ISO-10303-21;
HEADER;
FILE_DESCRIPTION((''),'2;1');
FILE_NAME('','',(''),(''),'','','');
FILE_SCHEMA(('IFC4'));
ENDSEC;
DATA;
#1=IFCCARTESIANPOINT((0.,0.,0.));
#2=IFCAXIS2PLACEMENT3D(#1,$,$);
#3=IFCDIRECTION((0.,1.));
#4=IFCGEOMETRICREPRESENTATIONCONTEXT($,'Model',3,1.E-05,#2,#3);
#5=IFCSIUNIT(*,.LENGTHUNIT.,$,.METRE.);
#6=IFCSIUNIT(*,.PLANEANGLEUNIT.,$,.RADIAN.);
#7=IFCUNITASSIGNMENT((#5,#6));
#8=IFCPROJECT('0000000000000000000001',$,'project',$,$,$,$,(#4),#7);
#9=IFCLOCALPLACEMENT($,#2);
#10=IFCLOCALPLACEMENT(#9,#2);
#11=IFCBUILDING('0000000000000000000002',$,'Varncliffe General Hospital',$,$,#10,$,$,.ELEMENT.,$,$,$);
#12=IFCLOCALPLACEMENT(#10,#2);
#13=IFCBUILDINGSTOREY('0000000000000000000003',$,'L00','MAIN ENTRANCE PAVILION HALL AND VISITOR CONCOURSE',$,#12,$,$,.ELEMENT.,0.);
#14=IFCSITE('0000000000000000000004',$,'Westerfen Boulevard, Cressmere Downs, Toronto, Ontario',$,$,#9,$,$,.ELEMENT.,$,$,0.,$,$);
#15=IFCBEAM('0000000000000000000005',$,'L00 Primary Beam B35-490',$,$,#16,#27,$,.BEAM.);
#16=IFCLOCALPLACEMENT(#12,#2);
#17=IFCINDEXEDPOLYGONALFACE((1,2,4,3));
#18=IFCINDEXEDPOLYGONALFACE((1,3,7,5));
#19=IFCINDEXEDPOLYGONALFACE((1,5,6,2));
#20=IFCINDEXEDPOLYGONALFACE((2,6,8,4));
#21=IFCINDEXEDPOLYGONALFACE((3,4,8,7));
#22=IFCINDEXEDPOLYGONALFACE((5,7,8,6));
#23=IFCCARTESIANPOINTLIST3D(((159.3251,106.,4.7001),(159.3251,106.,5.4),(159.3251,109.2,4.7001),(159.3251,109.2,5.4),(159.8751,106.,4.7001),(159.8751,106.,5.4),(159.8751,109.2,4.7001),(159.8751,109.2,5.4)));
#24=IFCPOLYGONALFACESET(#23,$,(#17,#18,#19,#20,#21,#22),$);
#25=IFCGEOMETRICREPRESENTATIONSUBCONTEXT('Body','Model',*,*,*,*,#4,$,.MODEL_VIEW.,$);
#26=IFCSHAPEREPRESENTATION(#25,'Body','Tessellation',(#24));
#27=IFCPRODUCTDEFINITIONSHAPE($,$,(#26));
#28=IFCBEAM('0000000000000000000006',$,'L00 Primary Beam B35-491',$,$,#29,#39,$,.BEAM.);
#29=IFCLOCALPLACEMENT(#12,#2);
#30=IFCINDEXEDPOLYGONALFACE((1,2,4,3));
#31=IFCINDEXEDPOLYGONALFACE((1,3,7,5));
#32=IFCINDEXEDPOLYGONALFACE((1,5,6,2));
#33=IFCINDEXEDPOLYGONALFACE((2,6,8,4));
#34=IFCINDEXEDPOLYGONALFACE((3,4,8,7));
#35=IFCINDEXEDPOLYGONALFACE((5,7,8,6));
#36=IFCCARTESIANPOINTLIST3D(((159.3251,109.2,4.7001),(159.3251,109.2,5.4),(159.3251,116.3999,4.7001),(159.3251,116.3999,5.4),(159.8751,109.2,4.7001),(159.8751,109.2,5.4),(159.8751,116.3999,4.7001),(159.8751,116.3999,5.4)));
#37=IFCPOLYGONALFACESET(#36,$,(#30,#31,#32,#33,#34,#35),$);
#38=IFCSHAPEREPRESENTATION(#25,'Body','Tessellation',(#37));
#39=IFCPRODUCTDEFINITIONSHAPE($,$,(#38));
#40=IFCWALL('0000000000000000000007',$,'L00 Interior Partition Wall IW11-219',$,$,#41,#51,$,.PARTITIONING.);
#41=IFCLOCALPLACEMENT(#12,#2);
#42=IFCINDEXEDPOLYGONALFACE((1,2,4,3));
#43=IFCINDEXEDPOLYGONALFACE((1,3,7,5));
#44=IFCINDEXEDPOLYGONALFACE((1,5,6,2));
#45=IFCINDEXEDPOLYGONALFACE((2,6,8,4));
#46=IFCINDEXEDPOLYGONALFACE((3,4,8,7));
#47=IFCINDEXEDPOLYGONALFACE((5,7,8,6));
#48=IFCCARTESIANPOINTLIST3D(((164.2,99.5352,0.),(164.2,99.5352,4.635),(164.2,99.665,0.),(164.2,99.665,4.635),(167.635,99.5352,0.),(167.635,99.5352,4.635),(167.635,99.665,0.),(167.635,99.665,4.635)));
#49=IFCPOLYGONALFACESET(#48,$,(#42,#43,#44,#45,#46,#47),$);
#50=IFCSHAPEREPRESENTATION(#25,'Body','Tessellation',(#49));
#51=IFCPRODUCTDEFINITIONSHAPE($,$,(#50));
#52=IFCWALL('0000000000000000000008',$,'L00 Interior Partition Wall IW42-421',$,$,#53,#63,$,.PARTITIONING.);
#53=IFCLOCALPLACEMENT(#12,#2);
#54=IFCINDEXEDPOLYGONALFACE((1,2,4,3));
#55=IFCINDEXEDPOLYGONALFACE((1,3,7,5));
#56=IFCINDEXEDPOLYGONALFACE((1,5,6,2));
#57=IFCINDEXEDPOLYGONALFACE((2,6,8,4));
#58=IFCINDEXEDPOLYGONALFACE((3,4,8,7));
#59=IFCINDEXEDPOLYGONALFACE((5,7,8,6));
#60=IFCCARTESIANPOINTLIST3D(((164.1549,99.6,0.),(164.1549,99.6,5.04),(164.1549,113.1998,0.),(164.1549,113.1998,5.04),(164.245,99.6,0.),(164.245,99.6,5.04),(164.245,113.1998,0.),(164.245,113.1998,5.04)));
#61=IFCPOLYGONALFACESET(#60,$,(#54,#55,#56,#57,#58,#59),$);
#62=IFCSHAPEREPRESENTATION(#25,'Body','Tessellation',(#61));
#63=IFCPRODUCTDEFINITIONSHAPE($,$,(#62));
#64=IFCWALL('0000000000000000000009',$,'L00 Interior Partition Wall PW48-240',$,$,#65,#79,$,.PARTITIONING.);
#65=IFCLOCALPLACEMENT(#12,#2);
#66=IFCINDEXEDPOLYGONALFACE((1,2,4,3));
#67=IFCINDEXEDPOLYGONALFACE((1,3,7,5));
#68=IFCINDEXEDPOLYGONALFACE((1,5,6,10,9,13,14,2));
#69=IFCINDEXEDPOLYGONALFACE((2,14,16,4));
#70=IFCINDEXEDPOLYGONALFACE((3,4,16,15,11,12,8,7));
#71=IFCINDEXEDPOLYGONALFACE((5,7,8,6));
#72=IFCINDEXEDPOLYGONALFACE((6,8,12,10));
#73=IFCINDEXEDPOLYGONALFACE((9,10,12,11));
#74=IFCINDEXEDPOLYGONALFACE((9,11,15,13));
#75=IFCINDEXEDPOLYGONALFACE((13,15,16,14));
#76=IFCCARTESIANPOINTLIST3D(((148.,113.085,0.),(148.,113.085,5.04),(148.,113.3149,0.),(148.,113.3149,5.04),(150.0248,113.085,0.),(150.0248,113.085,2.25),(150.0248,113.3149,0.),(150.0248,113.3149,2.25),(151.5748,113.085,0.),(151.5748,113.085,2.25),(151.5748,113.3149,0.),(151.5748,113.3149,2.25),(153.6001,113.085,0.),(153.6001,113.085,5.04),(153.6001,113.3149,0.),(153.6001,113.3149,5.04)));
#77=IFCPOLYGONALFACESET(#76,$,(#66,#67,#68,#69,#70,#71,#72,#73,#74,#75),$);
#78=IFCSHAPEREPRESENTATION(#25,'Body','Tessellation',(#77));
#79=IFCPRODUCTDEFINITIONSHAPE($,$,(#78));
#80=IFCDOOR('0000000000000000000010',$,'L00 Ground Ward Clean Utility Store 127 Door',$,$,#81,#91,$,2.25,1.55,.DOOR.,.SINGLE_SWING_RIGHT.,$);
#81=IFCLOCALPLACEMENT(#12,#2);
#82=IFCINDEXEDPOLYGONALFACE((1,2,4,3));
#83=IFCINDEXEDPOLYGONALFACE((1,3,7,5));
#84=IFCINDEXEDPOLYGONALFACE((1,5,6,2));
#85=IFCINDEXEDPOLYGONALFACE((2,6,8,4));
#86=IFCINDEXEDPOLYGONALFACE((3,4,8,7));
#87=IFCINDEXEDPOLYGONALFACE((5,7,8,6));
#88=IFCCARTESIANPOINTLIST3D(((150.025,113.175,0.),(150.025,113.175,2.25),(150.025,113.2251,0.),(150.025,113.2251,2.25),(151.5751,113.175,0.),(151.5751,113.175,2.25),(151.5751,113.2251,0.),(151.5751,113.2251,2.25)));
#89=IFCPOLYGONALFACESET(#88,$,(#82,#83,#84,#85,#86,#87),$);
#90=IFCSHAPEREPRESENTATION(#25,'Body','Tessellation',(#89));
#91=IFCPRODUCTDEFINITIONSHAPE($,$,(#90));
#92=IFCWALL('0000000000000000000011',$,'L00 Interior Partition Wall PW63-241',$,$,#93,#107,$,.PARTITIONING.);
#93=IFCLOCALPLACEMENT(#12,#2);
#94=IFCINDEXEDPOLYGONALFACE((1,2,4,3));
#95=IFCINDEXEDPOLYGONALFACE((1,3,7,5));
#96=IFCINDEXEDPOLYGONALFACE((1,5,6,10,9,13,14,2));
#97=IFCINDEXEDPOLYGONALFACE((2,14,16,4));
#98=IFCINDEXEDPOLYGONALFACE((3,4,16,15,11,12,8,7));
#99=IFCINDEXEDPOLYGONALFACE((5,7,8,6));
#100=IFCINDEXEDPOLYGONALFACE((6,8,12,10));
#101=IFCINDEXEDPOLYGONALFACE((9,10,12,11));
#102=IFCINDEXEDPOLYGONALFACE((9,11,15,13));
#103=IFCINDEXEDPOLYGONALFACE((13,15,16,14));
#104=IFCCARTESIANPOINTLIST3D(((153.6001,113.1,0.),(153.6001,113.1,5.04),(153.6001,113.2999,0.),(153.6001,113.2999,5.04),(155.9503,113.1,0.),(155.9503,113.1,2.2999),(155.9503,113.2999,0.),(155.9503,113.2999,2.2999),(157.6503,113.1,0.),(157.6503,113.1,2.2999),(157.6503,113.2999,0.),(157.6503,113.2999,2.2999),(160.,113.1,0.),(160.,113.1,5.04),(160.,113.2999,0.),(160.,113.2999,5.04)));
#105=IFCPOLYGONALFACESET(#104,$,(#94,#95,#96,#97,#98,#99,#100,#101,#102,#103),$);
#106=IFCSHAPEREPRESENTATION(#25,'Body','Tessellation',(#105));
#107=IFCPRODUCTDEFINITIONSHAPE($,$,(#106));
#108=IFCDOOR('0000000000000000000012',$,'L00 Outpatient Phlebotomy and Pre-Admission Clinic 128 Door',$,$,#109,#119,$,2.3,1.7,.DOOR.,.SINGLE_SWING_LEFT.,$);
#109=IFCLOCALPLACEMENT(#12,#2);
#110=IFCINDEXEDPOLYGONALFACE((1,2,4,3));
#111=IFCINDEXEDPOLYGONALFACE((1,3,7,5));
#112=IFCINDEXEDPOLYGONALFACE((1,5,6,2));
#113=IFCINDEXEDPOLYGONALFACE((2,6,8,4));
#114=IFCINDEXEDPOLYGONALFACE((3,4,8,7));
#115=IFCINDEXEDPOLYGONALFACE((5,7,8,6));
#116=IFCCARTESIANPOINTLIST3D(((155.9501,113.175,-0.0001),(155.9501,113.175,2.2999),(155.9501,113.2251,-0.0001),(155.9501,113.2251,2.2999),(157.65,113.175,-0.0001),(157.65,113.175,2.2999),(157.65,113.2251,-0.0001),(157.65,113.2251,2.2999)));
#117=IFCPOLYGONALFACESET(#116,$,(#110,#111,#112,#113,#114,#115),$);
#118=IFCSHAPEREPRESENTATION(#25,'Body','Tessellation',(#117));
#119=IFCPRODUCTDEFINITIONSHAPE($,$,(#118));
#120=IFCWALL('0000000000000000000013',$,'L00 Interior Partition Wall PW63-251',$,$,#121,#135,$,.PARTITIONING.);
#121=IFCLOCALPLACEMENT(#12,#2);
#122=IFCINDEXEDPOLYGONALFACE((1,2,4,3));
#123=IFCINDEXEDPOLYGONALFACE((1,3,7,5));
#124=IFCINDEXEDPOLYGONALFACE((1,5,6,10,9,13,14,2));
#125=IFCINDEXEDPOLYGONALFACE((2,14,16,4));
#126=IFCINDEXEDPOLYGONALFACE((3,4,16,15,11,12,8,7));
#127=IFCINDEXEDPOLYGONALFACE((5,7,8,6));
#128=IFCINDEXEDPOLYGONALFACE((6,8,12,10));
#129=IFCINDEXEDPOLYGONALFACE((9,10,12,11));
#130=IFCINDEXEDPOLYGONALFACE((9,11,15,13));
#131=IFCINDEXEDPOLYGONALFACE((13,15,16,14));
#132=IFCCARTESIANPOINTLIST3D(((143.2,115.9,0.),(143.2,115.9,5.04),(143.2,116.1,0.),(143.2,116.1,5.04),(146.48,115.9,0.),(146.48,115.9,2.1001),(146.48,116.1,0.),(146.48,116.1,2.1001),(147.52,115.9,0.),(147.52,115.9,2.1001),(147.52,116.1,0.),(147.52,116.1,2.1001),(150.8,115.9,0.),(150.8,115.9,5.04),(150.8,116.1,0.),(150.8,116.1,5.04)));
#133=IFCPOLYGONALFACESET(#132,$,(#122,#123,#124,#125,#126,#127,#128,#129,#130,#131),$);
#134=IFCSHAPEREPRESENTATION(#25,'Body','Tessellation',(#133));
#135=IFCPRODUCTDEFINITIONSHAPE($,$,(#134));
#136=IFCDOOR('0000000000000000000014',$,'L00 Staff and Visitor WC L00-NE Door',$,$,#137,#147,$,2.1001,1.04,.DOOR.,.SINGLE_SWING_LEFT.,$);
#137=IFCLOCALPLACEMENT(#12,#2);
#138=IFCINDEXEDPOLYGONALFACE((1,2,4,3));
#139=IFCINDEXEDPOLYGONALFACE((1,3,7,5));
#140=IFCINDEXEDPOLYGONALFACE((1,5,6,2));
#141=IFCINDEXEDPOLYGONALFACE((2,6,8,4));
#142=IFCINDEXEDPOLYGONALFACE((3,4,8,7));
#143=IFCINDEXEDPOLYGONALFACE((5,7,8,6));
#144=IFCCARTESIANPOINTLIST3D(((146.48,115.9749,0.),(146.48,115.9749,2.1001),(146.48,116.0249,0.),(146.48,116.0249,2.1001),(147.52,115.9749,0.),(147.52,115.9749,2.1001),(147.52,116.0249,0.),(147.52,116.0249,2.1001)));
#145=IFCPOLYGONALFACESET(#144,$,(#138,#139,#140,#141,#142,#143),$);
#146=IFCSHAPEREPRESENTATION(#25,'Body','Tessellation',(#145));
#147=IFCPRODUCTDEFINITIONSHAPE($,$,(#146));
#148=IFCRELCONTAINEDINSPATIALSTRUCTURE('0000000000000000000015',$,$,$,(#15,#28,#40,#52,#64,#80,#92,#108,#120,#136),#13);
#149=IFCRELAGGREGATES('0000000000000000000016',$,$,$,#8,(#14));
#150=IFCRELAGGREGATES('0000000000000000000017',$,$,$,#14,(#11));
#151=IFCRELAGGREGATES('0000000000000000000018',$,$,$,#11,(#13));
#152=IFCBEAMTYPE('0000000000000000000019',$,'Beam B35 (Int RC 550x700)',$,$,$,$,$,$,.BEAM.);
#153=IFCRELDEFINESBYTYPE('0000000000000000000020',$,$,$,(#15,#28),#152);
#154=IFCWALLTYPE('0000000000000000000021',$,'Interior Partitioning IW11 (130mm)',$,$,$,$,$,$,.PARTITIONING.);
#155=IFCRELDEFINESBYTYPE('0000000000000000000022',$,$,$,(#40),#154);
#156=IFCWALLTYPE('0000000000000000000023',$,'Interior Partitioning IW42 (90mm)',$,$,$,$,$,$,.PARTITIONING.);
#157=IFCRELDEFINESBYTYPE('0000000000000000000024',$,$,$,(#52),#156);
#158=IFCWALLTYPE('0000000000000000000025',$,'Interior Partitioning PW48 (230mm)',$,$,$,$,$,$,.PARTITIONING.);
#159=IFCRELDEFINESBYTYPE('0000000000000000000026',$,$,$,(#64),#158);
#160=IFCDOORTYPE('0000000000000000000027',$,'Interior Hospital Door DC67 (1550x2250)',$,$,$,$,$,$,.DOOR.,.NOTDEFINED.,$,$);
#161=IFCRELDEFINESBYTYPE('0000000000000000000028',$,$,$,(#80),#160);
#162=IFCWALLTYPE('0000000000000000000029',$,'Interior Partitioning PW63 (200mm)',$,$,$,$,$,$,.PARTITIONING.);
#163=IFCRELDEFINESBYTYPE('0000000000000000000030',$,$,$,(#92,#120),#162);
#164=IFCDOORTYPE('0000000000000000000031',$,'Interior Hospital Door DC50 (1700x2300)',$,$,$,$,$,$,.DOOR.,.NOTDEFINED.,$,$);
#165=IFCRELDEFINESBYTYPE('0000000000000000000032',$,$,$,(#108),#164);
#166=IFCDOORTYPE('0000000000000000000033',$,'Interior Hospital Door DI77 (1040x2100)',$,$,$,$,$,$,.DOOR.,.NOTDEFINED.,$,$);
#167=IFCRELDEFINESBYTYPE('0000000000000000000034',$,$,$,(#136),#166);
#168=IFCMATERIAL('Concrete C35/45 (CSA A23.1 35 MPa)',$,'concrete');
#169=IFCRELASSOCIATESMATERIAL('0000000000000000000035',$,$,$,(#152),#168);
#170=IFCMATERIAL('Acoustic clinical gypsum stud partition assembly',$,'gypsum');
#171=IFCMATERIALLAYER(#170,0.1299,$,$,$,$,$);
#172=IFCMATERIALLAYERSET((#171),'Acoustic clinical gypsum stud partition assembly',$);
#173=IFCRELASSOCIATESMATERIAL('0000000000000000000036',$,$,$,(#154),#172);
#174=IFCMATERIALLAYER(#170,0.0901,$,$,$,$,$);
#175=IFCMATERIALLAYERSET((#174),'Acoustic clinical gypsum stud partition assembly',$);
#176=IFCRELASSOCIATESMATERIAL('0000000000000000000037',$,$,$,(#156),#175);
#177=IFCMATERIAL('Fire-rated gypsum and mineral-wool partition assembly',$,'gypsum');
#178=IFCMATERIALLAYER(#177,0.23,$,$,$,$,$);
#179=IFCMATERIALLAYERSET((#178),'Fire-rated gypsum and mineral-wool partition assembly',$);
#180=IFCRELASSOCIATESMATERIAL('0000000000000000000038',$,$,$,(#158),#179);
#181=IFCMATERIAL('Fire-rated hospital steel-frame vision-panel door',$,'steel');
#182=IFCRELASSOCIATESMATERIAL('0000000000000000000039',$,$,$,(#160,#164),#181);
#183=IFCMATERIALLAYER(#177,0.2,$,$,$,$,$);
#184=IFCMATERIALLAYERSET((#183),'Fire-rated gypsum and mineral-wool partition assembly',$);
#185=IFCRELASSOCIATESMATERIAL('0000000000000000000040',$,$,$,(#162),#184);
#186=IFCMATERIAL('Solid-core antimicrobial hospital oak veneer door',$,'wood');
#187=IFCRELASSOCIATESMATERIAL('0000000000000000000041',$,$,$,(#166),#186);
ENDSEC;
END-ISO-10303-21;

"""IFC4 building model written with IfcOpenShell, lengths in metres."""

from ifc_helpers import new_model, si_unit, direction, frame, frame_2d, origin, origin_2d, place, context, subcontext, project, spatial, rectangle, extrude, material, layer, layer_set, material_profile, profile_set, type_object, element, fill, save


model = new_model("IFC4")

# Units and contexts
model_context = context("Model", 3, precision=1e-05, world=origin(), true_north=direction((0.0, 1.0)))
body_context = subcontext(model_context, "Body", "Model", "MODEL_VIEW")
ifc_project = project(units=[si_unit("LENGTHUNIT", "METRE"), si_unit("PLANEANGLEUNIT", "RADIAN")], contexts=[model_context])

# Site, building, storey
site_placement = place(None, origin())
site = spatial("IfcSite", under=ifc_project, at=site_placement, Name="Westerfen Boulevard, Cressmere Downs, Toronto, Ontario", CompositionType="ELEMENT", RefElevation=0.0)
building_placement = place(site_placement, origin())
building = spatial("IfcBuilding", under=site, at=building_placement, Name="Varncliffe General Hospital", CompositionType="ELEMENT")
storey_placement = place(building_placement, origin())
storey = spatial("IfcBuildingStorey", under=building, at=storey_placement, Name="L00", Description="MAIN ENTRANCE PAVILION HALL AND VISITOR CONCOURSE", CompositionType="ELEMENT", Elevation=0.0)

# Beams
ifc_material_1 = material(Name="Concrete C35/45 (CSA A23.1 35 MPa)", Category="concrete")
ifc_material_profile_1 = material_profile(ifc_material_1, rectangle(XDim=0.55, YDim=0.7, at=origin_2d()), Name="RC 550x700")
ifc_profile_set_1 = profile_set([ifc_material_profile_1], Name="Concrete C35/45 (CSA A23.1 35 MPa)")
beam_type_1 = type_object("IfcBeamType", Name="Beam B35 (Int RC 550x700)", PredefinedType="BEAM", material=ifc_profile_set_1)
for number, where, z_axis, x_axis, name in (
    (1, (159.6001, 106.0, 5.05), (0.0, 1.0, 0.0), (-1.0, 0.0, 0.0), "L00 Primary Beam B35-490"),
):
    element("IfcBeam", number, at=place(storey_placement, frame(where, z_axis=z_axis, x_axis=x_axis)), inside=storey, type_object=beam_type_1, Name=name, PredefinedType="BEAM", context=body_context, shape_type="SweptSolid", body=[
        extrude(rectangle(XDim=0.55, YDim=0.7, at=origin_2d()), origin(), (0.0, 0.0, 1.0), 3.2),
    ])
beam_1_placement = place(storey_placement, frame((159.6001, 109.2, 5.05), z_axis=(0.0, 1.0, 0.0), x_axis=(-1.0, 0.0, 0.0)))
element("IfcBeam", 2, at=beam_1_placement, inside=storey, type_object=beam_type_1, Name="L00 Primary Beam B35-491", PredefinedType="BEAM", context=body_context, shape_type="SweptSolid", body=[
    extrude(rectangle(XDim=0.55, YDim=0.7, at=origin_2d()), origin(), (0.0, 0.0, 1.0), 7.2),
])

# Walls
ifc_material_2 = material(Name="Acoustic clinical gypsum stud partition assembly", Category="gypsum")
ifc_layer_1 = layer(ifc_material_2, 0.1299)
ifc_layer_set_1 = layer_set([ifc_layer_1], Name="Acoustic clinical gypsum stud partition assembly")
wall_type_1 = type_object("IfcWallType", Name="Interior Partitioning IW11 (130mm)", PredefinedType="PARTITIONING", material=ifc_layer_set_1)
wall_1_placement = place(storey_placement, frame((164.2, 99.6001, 0.0), z_axis=(0.0, 0.0, 1.0), x_axis=(1.0, 0.0, 0.0)))
element("IfcWall", 3, at=wall_1_placement, inside=storey, type_object=wall_type_1, Name="L00 Interior Partition Wall IW11-219", PredefinedType="PARTITIONING", context=body_context, shape_type="SweptSolid", body=[
    extrude(rectangle(XDim=3.4351, YDim=0.1299, at=frame_2d((1.7175, 0.0))), origin(), (0.0, 0.0, 1.0), 4.635),
])
ifc_layer_2 = layer(ifc_material_2, 0.0901)
ifc_layer_set_2 = layer_set([ifc_layer_2], Name="Acoustic clinical gypsum stud partition assembly")
wall_type_2 = type_object("IfcWallType", Name="Interior Partitioning IW42 (90mm)", PredefinedType="PARTITIONING", material=ifc_layer_set_2)
wall_2_placement = place(storey_placement, frame((164.2, 99.6001, 0.0), z_axis=(0.0, 0.0, 1.0), x_axis=(0.0, 1.0, 0.0)))
element("IfcWall", 4, at=wall_2_placement, inside=storey, type_object=wall_type_2, Name="L00 Interior Partition Wall IW42-421", PredefinedType="PARTITIONING", context=body_context, shape_type="SweptSolid", body=[
    extrude(rectangle(XDim=13.5999, YDim=0.0901, at=frame_2d((6.7998, 0.0))), origin(), (0.0, 0.0, 1.0), 5.04),
])

# Walls, openings, doors
ifc_material_3 = material(Name="Fire-rated gypsum and mineral-wool partition assembly", Category="gypsum")
ifc_layer_3 = layer(ifc_material_3, 0.23)
ifc_layer_set_3 = layer_set([ifc_layer_3], Name="Fire-rated gypsum and mineral-wool partition assembly")
wall_type_3 = type_object("IfcWallType", Name="Interior Partitioning PW48 (230mm)", PredefinedType="PARTITIONING", material=ifc_layer_set_3)
wall_3_placement = place(storey_placement, frame((148.0, 113.2, 0.0), z_axis=(0.0, 0.0, 1.0), x_axis=(1.0, 0.0, 0.0)))
wall_3 = element("IfcWall", 5, at=wall_3_placement, inside=storey, type_object=wall_type_3, Name="L00 Interior Partition Wall PW48-240", PredefinedType="PARTITIONING", context=body_context, shape_type="SweptSolid", body=[
    extrude(rectangle(XDim=5.6001, YDim=0.23, at=frame_2d((2.8, 0.0))), origin(), (0.0, 0.0, 1.0), 5.04),
])
opening_1_placement = place(wall_3_placement, frame((2.0249, 0.0, 0.0)))
opening_1 = element("IfcOpeningElement", 6, at=opening_1_placement, cuts=wall_3, PredefinedType="OPENING", context=body_context, shape_type="SweptSolid", body=[
    extrude(rectangle(XDim=1.55, YDim=2.25, at=frame_2d((0.7749, 1.125))), frame((0.0, 0.125, 0.0), z_axis=(0.0, -1.0, 0.0), x_axis=(1.0, 0.0, 0.0)), (0.0, 0.0, 1.0), 0.25),
])
ifc_material_4 = material(Name="Fire-rated hospital steel-frame vision-panel door", Category="steel")
door_type_1 = type_object("IfcDoorType", Name="Interior Hospital Door DC67 (1550x2250)", OperationType="NOTDEFINED", PredefinedType="DOOR", material=ifc_material_4)
door_1_placement = place(opening_1_placement, frame((1.55, 0.0, 0.0), z_axis=(0.0, 0.0, 1.0), x_axis=(-1.0, 0.0, 0.0)))
door_1 = element("IfcDoor", 7, at=door_1_placement, inside=storey, type_object=door_type_1, Name="L00 Ground Ward Clean Utility Store 127 Door", OperationType="SINGLE_SWING_RIGHT", OverallHeight=2.25, OverallWidth=1.55, PredefinedType="DOOR", context=body_context, shape_type="SweptSolid", body=[
    extrude(rectangle(XDim=1.55, YDim=2.25, at=frame_2d((0.7749, 1.125))), frame((0.0, 0.0249, 0.0), z_axis=(0.0, -1.0, 0.0), x_axis=(1.0, 0.0, 0.0)), (0.0, 0.0, 1.0), 0.05),
])
fill(opening_1, door_1)
ifc_layer_4 = layer(ifc_material_3, 0.2)
ifc_layer_set_4 = layer_set([ifc_layer_4], Name="Fire-rated gypsum and mineral-wool partition assembly")
wall_type_4 = type_object("IfcWallType", Name="Interior Partitioning PW63 (200mm)", PredefinedType="PARTITIONING", material=ifc_layer_set_4)
wall_4_placement = place(storey_placement, frame((153.6001, 113.2, 0.0), z_axis=(0.0, 0.0, 1.0), x_axis=(1.0, 0.0, 0.0)))
wall_4 = element("IfcWall", 8, at=wall_4_placement, inside=storey, type_object=wall_type_4, Name="L00 Interior Partition Wall PW63-241", PredefinedType="PARTITIONING", context=body_context, shape_type="SweptSolid", body=[
    extrude(rectangle(XDim=6.3999, YDim=0.2, at=frame_2d((3.2, 0.0))), origin(), (0.0, 0.0, 1.0), 5.04),
])
opening_2_placement = place(wall_4_placement, frame((2.3501, 0.0, 0.0)))
opening_2 = element("IfcOpeningElement", 9, at=opening_2_placement, cuts=wall_4, PredefinedType="OPENING", context=body_context, shape_type="SweptSolid", body=[
    extrude(rectangle(XDim=1.7, YDim=2.3, at=frame_2d((0.8501, 1.1499))), frame((0.0, 0.1099, 0.0), z_axis=(0.0, -1.0, 0.0), x_axis=(1.0, 0.0, 0.0)), (0.0, 0.0, 1.0), 0.22),
])
door_type_2 = type_object("IfcDoorType", Name="Interior Hospital Door DC50 (1700x2300)", OperationType="NOTDEFINED", PredefinedType="DOOR", material=ifc_material_4)
door_2_placement = place(opening_2_placement, frame((1.7, 0.0, 0.0), z_axis=(0.0, 0.0, 1.0), x_axis=(-1.0, 0.0, 0.0)))
door_2 = element("IfcDoor", 10, at=door_2_placement, inside=storey, type_object=door_type_2, Name="L00 Outpatient Phlebotomy and Pre-Admission Clinic 128 Door", OperationType="SINGLE_SWING_LEFT", OverallHeight=2.3, OverallWidth=1.7, PredefinedType="DOOR", context=body_context, shape_type="SweptSolid", body=[
    extrude(rectangle(XDim=1.7, YDim=2.3, at=frame_2d((0.8501, 1.1499))), frame((0.0, 0.0249, 0.0), z_axis=(0.0, -1.0, 0.0), x_axis=(1.0, 0.0, 0.0)), (0.0, 0.0, 1.0), 0.05),
])
fill(opening_2, door_2)
wall_5_placement = place(storey_placement, frame((143.2, 116.0, 0.0), z_axis=(0.0, 0.0, 1.0), x_axis=(1.0, 0.0, 0.0)))
wall_5 = element("IfcWall", 11, at=wall_5_placement, inside=storey, type_object=wall_type_4, Name="L00 Interior Partition Wall PW63-251", PredefinedType="PARTITIONING", context=body_context, shape_type="SweptSolid", body=[
    extrude(rectangle(XDim=7.6001, YDim=0.2, at=frame_2d((3.8, 0.0))), origin(), (0.0, 0.0, 1.0), 5.04),
])
opening_3_placement = place(wall_5_placement, frame((3.28, 0.0, 0.0)))
opening_3 = element("IfcOpeningElement", 12, at=opening_3_placement, cuts=wall_5, PredefinedType="OPENING", context=body_context, shape_type="SweptSolid", body=[
    extrude(rectangle(XDim=1.04, YDim=2.1001, at=frame_2d((0.52, 1.05))), frame((0.0, 0.1099, 0.0), z_axis=(0.0, -1.0, 0.0), x_axis=(1.0, 0.0, 0.0)), (0.0, 0.0, 1.0), 0.22),
])
ifc_material_5 = material(Name="Solid-core antimicrobial hospital oak veneer door", Category="wood")
door_type_3 = type_object("IfcDoorType", Name="Interior Hospital Door DI77 (1040x2100)", OperationType="NOTDEFINED", PredefinedType="DOOR", material=ifc_material_5)
door_3_placement = place(opening_3_placement, origin())
door_3 = element("IfcDoor", 13, at=door_3_placement, inside=storey, type_object=door_type_3, Name="L00 Staff and Visitor WC L00-NE Door", OperationType="SINGLE_SWING_LEFT", OverallHeight=2.1001, OverallWidth=1.04, PredefinedType="DOOR", context=body_context, shape_type="SweptSolid", body=[
    extrude(rectangle(XDim=1.04, YDim=2.1001, at=frame_2d((0.52, 1.05))), frame((0.0, 0.0249, 0.0), z_axis=(0.0, -1.0, 0.0), x_axis=(1.0, 0.0, 0.0)), (0.0, 0.0, 1.0), 0.05),
])
fill(opening_3, door_3)

save(model, "model.ifc")
